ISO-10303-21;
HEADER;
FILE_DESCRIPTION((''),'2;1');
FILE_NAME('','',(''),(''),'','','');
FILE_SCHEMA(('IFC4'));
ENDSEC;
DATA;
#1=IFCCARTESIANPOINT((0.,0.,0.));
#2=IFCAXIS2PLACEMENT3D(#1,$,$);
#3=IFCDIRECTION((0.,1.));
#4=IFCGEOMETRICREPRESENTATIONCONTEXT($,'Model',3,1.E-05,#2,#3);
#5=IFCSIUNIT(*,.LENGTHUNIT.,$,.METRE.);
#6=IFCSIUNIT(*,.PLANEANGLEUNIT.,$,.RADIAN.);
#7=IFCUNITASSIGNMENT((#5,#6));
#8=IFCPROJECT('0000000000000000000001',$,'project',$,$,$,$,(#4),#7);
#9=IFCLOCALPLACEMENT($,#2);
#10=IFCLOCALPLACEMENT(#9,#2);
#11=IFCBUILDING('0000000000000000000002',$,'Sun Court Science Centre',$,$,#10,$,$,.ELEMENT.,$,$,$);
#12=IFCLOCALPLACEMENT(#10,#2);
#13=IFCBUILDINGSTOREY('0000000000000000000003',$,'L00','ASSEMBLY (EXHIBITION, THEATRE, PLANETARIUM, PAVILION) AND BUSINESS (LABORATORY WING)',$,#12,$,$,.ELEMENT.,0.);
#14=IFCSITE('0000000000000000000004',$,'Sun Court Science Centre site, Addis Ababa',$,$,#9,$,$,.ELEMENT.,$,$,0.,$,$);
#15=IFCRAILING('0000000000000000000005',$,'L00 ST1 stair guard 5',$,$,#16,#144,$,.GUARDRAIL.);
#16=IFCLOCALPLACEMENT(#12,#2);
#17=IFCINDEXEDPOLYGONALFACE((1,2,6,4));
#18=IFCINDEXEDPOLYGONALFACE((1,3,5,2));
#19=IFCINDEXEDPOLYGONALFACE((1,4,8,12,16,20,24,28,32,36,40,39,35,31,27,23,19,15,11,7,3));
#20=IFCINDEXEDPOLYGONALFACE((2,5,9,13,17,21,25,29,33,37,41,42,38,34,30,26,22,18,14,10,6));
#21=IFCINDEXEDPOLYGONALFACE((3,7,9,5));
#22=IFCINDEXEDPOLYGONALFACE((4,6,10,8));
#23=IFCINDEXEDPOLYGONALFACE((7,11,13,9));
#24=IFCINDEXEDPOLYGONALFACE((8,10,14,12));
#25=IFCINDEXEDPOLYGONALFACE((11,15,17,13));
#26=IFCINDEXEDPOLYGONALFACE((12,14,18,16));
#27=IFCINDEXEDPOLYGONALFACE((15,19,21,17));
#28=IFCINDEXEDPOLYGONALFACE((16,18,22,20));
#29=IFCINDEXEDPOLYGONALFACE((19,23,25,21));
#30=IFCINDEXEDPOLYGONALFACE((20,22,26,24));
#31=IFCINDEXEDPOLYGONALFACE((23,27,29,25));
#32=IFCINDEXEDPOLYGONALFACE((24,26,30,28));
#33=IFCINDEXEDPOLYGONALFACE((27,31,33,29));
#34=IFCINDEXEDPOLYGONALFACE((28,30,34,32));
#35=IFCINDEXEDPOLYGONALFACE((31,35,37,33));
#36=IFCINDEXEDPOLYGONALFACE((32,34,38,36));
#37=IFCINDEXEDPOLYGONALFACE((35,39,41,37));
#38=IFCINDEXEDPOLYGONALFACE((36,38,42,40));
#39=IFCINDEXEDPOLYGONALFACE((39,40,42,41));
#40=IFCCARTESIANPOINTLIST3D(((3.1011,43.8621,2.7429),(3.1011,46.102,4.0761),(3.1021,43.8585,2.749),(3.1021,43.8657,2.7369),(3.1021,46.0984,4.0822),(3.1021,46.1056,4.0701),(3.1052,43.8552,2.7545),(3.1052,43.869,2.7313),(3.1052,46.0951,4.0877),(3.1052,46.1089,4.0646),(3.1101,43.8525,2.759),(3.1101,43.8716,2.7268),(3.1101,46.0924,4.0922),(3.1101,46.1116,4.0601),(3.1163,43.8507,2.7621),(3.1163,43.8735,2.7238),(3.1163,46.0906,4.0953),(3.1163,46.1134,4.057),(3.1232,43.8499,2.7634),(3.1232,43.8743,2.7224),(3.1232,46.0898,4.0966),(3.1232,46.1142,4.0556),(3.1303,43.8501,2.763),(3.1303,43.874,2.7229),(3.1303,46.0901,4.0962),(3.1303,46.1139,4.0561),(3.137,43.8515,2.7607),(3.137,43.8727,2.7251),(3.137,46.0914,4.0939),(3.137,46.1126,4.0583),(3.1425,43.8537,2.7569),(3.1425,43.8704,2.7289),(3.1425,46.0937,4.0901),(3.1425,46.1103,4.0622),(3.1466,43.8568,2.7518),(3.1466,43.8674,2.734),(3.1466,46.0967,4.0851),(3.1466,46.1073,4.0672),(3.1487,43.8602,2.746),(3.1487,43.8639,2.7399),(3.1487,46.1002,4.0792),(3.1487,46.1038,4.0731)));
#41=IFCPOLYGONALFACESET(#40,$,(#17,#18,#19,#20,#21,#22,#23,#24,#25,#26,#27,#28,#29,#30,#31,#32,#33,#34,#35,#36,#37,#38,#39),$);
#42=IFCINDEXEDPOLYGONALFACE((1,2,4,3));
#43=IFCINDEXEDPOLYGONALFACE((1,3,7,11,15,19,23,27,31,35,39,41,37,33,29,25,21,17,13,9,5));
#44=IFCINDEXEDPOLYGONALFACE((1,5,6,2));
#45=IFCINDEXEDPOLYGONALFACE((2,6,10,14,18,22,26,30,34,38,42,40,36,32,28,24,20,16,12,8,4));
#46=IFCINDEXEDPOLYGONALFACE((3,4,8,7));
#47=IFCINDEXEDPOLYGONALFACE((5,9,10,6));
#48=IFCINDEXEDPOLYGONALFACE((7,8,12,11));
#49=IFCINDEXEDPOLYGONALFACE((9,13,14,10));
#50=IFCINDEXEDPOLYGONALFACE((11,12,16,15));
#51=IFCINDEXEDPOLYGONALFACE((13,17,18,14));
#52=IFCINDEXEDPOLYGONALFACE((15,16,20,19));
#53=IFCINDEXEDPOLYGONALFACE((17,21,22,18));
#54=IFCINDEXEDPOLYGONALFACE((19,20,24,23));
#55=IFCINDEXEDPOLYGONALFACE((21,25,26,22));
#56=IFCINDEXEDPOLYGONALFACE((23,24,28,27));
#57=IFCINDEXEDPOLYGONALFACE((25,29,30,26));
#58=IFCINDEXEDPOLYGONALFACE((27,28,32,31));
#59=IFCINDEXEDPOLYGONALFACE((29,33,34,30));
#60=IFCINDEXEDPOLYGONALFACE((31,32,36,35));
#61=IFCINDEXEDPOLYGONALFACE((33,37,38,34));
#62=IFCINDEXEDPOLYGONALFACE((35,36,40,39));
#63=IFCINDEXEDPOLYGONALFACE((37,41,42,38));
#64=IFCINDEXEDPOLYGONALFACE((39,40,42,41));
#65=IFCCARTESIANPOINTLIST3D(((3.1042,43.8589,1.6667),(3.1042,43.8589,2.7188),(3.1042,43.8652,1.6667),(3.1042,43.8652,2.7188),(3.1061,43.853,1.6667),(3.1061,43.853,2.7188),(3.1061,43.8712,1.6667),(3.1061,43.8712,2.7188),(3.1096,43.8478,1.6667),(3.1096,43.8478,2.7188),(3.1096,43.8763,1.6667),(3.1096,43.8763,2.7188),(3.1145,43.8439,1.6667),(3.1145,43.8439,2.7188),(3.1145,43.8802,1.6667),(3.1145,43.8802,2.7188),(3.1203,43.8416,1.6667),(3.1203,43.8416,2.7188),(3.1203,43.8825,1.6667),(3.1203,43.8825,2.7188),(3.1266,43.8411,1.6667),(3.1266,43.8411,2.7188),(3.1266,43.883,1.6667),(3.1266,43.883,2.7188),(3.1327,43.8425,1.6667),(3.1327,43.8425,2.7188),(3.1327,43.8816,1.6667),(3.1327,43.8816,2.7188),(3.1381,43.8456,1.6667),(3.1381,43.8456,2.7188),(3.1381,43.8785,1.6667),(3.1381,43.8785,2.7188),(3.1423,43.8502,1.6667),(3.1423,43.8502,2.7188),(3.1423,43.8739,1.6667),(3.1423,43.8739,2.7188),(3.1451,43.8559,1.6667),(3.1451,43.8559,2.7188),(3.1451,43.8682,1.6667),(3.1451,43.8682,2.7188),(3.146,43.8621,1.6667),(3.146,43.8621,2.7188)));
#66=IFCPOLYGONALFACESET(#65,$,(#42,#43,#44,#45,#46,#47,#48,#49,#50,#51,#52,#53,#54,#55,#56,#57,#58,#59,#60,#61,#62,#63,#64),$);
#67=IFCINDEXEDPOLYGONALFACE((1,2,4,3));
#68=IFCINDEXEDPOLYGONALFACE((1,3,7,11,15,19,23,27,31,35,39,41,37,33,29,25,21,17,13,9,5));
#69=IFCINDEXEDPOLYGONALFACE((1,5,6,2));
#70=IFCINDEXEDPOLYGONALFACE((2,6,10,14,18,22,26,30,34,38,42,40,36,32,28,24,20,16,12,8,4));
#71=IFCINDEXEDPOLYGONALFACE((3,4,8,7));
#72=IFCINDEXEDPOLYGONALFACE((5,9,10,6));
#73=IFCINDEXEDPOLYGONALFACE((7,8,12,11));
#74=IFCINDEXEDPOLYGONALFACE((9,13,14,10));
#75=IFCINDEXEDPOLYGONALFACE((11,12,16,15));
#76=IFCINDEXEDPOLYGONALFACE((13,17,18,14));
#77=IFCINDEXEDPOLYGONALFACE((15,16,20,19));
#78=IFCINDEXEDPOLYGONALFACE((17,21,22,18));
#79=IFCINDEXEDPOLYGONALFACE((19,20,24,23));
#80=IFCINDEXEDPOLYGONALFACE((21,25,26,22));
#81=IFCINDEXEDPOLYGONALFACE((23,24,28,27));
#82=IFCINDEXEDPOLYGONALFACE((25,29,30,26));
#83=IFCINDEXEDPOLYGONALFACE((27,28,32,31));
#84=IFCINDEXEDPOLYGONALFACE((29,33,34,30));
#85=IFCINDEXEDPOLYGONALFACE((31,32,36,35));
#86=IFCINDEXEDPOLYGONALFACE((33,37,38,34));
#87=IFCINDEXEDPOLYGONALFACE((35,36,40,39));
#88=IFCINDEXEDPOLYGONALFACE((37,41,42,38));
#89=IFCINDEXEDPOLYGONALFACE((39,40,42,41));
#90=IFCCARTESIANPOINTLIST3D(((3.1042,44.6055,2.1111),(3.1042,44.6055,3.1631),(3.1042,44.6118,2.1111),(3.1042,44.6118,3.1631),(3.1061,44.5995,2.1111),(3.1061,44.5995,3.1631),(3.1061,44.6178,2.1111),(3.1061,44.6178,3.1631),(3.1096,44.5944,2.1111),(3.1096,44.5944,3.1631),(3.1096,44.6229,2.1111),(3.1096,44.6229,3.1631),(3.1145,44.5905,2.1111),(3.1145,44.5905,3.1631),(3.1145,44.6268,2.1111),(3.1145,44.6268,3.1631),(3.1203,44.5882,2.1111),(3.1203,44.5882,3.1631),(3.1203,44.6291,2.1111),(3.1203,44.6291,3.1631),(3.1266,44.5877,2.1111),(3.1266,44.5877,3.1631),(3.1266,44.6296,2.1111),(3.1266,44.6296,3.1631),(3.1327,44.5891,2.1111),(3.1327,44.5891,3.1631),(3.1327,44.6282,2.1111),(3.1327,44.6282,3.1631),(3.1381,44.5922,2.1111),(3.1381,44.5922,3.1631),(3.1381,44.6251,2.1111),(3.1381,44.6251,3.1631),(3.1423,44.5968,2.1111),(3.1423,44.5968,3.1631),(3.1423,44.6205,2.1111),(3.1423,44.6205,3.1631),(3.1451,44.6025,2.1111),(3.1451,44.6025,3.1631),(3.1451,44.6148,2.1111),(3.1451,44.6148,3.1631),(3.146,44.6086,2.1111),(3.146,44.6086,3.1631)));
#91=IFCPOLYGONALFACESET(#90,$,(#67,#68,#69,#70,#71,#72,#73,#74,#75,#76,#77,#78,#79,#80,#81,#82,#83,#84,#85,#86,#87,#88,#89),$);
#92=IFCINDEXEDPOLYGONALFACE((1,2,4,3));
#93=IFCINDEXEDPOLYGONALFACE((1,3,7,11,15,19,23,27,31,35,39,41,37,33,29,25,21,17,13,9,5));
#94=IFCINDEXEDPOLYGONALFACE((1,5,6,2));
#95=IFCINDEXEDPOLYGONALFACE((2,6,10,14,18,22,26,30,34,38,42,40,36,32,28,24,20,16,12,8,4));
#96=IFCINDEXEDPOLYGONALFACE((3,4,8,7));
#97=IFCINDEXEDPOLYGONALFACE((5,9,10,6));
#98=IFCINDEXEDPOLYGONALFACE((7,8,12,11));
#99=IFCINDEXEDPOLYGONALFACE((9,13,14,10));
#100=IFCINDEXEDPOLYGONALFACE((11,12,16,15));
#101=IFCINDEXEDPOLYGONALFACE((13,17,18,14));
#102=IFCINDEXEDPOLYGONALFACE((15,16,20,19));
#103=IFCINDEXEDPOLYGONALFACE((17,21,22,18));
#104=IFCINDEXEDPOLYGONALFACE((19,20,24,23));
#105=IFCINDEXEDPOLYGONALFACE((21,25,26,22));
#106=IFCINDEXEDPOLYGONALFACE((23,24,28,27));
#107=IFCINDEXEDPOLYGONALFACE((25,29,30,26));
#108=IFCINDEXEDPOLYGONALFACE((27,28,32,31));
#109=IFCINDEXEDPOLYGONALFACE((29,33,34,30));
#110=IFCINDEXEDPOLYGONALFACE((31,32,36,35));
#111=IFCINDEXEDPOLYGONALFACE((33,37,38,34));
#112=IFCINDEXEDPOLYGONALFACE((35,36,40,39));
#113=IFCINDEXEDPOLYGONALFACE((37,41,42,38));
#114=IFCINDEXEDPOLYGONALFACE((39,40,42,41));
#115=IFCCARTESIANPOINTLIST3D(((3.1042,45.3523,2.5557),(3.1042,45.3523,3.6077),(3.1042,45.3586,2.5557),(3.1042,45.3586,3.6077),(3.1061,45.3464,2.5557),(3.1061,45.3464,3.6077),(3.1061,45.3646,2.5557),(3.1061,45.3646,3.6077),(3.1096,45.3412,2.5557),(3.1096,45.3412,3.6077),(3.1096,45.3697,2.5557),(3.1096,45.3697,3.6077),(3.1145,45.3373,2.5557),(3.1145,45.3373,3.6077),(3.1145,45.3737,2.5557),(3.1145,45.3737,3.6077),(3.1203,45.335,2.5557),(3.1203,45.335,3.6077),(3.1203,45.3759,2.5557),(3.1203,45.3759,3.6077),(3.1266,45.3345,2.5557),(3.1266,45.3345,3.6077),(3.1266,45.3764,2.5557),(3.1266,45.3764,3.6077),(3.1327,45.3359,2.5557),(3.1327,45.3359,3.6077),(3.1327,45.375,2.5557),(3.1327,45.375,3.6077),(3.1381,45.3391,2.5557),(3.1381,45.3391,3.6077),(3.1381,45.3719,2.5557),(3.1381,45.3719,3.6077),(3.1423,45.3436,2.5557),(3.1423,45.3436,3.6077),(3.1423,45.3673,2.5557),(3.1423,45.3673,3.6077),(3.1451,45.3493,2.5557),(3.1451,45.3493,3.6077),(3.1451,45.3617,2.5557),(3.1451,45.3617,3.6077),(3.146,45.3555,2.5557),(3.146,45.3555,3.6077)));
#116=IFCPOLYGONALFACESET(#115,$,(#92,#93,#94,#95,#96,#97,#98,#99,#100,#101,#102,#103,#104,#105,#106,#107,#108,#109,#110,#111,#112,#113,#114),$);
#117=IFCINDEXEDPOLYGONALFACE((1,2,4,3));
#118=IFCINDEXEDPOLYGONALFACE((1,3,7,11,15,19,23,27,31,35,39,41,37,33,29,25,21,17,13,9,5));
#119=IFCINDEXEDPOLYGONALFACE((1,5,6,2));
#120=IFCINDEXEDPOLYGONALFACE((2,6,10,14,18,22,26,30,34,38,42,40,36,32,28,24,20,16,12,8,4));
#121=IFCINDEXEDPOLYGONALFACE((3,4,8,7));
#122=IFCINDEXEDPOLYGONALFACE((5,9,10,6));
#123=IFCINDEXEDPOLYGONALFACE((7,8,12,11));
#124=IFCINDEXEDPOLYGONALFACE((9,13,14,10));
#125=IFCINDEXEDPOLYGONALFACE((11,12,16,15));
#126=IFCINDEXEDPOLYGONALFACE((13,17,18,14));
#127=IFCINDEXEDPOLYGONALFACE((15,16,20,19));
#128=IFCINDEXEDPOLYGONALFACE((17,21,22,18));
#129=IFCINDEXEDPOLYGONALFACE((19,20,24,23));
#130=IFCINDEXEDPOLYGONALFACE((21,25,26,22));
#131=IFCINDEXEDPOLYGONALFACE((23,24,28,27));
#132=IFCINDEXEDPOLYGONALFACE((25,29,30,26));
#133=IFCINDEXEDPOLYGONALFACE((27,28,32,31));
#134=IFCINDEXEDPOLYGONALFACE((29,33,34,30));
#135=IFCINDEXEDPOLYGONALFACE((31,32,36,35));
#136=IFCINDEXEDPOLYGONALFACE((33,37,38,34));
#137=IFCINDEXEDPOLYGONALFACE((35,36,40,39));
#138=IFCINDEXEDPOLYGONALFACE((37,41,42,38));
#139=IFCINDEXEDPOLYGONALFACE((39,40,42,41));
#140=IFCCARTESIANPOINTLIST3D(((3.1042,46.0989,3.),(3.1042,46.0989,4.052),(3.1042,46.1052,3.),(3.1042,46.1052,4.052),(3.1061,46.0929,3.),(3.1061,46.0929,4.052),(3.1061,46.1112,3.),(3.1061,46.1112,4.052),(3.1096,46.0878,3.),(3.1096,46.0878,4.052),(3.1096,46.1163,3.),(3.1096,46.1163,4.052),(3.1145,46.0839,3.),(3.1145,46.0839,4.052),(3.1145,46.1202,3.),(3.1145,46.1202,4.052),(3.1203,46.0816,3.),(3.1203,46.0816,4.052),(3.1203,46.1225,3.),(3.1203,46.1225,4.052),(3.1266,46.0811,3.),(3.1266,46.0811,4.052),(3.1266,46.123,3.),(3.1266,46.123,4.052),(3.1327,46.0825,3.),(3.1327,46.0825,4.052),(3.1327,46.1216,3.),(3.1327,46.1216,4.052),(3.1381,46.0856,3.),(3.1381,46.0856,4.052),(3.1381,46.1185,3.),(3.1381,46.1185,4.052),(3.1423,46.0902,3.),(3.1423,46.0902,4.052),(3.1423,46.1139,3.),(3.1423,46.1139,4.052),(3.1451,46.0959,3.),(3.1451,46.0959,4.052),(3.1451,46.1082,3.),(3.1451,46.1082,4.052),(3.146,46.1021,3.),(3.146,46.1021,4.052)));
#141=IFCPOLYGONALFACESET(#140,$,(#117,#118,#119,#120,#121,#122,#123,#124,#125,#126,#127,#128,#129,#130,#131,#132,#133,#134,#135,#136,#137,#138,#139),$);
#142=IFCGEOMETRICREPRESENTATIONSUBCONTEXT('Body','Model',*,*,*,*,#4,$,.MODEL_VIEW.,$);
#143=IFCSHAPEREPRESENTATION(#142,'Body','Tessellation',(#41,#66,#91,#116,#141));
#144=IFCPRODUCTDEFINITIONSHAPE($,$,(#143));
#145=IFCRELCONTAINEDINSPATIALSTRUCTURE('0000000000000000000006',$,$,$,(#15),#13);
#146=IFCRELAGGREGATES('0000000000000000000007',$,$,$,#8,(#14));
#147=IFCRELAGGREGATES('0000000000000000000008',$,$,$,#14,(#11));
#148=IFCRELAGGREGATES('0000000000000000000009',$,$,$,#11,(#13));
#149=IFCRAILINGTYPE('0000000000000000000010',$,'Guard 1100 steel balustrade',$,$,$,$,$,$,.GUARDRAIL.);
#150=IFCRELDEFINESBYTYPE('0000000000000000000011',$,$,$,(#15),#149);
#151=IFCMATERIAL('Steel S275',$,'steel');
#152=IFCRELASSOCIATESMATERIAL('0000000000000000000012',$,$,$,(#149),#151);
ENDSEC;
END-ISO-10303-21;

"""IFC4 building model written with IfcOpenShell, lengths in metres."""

from ifc_helpers import new_model, si_unit, direction, frame, origin, origin_2d, place, context, subcontext, project, spatial, circle, extrude, material, type_object, element, save


model = new_model("IFC4")

# Units and contexts
model_context = context("Model", 3, precision=1e-05, world=origin(), true_north=direction((0.0, 1.0)))
body_context = subcontext(model_context, "Body", "Model", "MODEL_VIEW")
ifc_project = project(units=[si_unit("LENGTHUNIT", "METRE"), si_unit("PLANEANGLEUNIT", "RADIAN")], contexts=[model_context])

# Site, building, storey
site_placement = place(None, origin())
site = spatial("IfcSite", under=ifc_project, at=site_placement, Name="Sun Court Science Centre site, Addis Ababa", CompositionType="ELEMENT", RefElevation=0.0)
building_placement = place(site_placement, origin())
building = spatial("IfcBuilding", under=site, at=building_placement, Name="Sun Court Science Centre", CompositionType="ELEMENT")
storey_placement = place(building_placement, origin())
storey = spatial("IfcBuildingStorey", under=building, at=storey_placement, Name="L00", Description="ASSEMBLY (EXHIBITION, THEATRE, PLANETARIUM, PAVILION) AND BUSINESS (LABORATORY WING)", CompositionType="ELEMENT", Elevation=0.0)

# Railing
ifc_material_1 = material(Name="Steel S275", Category="steel")
railing_type_1 = type_object("IfcRailingType", Name="Guard 1100 steel balustrade", PredefinedType="GUARDRAIL", material=ifc_material_1)
railing_1_placement = place(storey_placement, frame((3.125, 43.8621, 1.6667)))
element("IfcRailing", 1, at=railing_1_placement, inside=storey, type_object=railing_type_1, Name="L00 ST1 stair guard 5", PredefinedType="GUARDRAIL", context=body_context, shape_type="SweptSolid", body=[
    extrude(circle(Radius=0.0239, at=origin_2d()), frame((0.0, 0.0, 1.0762), z_axis=(0.0, 0.859306, 0.511462), x_axis=(-1.0, 0.0, 0.0)), (0.0, 0.0, 1.0), 2.6067),
    extrude(circle(Radius=0.021, at=origin_2d()), origin(), (0.0, 0.0, 1.0), 1.052),
    extrude(circle(Radius=0.021, at=origin_2d()), frame((0.0, 0.7466, 0.4443)), (0.0, 0.0, 1.0), 1.052),
    extrude(circle(Radius=0.021, at=origin_2d()), frame((0.0, 1.4934, 0.8889)), (0.0, 0.0, 1.0), 1.052),
    extrude(circle(Radius=0.021, at=origin_2d()), frame((0.0, 2.24, 1.3333)), (0.0, 0.0, 1.0), 1.052),
])

save(model, "model.ifc")
